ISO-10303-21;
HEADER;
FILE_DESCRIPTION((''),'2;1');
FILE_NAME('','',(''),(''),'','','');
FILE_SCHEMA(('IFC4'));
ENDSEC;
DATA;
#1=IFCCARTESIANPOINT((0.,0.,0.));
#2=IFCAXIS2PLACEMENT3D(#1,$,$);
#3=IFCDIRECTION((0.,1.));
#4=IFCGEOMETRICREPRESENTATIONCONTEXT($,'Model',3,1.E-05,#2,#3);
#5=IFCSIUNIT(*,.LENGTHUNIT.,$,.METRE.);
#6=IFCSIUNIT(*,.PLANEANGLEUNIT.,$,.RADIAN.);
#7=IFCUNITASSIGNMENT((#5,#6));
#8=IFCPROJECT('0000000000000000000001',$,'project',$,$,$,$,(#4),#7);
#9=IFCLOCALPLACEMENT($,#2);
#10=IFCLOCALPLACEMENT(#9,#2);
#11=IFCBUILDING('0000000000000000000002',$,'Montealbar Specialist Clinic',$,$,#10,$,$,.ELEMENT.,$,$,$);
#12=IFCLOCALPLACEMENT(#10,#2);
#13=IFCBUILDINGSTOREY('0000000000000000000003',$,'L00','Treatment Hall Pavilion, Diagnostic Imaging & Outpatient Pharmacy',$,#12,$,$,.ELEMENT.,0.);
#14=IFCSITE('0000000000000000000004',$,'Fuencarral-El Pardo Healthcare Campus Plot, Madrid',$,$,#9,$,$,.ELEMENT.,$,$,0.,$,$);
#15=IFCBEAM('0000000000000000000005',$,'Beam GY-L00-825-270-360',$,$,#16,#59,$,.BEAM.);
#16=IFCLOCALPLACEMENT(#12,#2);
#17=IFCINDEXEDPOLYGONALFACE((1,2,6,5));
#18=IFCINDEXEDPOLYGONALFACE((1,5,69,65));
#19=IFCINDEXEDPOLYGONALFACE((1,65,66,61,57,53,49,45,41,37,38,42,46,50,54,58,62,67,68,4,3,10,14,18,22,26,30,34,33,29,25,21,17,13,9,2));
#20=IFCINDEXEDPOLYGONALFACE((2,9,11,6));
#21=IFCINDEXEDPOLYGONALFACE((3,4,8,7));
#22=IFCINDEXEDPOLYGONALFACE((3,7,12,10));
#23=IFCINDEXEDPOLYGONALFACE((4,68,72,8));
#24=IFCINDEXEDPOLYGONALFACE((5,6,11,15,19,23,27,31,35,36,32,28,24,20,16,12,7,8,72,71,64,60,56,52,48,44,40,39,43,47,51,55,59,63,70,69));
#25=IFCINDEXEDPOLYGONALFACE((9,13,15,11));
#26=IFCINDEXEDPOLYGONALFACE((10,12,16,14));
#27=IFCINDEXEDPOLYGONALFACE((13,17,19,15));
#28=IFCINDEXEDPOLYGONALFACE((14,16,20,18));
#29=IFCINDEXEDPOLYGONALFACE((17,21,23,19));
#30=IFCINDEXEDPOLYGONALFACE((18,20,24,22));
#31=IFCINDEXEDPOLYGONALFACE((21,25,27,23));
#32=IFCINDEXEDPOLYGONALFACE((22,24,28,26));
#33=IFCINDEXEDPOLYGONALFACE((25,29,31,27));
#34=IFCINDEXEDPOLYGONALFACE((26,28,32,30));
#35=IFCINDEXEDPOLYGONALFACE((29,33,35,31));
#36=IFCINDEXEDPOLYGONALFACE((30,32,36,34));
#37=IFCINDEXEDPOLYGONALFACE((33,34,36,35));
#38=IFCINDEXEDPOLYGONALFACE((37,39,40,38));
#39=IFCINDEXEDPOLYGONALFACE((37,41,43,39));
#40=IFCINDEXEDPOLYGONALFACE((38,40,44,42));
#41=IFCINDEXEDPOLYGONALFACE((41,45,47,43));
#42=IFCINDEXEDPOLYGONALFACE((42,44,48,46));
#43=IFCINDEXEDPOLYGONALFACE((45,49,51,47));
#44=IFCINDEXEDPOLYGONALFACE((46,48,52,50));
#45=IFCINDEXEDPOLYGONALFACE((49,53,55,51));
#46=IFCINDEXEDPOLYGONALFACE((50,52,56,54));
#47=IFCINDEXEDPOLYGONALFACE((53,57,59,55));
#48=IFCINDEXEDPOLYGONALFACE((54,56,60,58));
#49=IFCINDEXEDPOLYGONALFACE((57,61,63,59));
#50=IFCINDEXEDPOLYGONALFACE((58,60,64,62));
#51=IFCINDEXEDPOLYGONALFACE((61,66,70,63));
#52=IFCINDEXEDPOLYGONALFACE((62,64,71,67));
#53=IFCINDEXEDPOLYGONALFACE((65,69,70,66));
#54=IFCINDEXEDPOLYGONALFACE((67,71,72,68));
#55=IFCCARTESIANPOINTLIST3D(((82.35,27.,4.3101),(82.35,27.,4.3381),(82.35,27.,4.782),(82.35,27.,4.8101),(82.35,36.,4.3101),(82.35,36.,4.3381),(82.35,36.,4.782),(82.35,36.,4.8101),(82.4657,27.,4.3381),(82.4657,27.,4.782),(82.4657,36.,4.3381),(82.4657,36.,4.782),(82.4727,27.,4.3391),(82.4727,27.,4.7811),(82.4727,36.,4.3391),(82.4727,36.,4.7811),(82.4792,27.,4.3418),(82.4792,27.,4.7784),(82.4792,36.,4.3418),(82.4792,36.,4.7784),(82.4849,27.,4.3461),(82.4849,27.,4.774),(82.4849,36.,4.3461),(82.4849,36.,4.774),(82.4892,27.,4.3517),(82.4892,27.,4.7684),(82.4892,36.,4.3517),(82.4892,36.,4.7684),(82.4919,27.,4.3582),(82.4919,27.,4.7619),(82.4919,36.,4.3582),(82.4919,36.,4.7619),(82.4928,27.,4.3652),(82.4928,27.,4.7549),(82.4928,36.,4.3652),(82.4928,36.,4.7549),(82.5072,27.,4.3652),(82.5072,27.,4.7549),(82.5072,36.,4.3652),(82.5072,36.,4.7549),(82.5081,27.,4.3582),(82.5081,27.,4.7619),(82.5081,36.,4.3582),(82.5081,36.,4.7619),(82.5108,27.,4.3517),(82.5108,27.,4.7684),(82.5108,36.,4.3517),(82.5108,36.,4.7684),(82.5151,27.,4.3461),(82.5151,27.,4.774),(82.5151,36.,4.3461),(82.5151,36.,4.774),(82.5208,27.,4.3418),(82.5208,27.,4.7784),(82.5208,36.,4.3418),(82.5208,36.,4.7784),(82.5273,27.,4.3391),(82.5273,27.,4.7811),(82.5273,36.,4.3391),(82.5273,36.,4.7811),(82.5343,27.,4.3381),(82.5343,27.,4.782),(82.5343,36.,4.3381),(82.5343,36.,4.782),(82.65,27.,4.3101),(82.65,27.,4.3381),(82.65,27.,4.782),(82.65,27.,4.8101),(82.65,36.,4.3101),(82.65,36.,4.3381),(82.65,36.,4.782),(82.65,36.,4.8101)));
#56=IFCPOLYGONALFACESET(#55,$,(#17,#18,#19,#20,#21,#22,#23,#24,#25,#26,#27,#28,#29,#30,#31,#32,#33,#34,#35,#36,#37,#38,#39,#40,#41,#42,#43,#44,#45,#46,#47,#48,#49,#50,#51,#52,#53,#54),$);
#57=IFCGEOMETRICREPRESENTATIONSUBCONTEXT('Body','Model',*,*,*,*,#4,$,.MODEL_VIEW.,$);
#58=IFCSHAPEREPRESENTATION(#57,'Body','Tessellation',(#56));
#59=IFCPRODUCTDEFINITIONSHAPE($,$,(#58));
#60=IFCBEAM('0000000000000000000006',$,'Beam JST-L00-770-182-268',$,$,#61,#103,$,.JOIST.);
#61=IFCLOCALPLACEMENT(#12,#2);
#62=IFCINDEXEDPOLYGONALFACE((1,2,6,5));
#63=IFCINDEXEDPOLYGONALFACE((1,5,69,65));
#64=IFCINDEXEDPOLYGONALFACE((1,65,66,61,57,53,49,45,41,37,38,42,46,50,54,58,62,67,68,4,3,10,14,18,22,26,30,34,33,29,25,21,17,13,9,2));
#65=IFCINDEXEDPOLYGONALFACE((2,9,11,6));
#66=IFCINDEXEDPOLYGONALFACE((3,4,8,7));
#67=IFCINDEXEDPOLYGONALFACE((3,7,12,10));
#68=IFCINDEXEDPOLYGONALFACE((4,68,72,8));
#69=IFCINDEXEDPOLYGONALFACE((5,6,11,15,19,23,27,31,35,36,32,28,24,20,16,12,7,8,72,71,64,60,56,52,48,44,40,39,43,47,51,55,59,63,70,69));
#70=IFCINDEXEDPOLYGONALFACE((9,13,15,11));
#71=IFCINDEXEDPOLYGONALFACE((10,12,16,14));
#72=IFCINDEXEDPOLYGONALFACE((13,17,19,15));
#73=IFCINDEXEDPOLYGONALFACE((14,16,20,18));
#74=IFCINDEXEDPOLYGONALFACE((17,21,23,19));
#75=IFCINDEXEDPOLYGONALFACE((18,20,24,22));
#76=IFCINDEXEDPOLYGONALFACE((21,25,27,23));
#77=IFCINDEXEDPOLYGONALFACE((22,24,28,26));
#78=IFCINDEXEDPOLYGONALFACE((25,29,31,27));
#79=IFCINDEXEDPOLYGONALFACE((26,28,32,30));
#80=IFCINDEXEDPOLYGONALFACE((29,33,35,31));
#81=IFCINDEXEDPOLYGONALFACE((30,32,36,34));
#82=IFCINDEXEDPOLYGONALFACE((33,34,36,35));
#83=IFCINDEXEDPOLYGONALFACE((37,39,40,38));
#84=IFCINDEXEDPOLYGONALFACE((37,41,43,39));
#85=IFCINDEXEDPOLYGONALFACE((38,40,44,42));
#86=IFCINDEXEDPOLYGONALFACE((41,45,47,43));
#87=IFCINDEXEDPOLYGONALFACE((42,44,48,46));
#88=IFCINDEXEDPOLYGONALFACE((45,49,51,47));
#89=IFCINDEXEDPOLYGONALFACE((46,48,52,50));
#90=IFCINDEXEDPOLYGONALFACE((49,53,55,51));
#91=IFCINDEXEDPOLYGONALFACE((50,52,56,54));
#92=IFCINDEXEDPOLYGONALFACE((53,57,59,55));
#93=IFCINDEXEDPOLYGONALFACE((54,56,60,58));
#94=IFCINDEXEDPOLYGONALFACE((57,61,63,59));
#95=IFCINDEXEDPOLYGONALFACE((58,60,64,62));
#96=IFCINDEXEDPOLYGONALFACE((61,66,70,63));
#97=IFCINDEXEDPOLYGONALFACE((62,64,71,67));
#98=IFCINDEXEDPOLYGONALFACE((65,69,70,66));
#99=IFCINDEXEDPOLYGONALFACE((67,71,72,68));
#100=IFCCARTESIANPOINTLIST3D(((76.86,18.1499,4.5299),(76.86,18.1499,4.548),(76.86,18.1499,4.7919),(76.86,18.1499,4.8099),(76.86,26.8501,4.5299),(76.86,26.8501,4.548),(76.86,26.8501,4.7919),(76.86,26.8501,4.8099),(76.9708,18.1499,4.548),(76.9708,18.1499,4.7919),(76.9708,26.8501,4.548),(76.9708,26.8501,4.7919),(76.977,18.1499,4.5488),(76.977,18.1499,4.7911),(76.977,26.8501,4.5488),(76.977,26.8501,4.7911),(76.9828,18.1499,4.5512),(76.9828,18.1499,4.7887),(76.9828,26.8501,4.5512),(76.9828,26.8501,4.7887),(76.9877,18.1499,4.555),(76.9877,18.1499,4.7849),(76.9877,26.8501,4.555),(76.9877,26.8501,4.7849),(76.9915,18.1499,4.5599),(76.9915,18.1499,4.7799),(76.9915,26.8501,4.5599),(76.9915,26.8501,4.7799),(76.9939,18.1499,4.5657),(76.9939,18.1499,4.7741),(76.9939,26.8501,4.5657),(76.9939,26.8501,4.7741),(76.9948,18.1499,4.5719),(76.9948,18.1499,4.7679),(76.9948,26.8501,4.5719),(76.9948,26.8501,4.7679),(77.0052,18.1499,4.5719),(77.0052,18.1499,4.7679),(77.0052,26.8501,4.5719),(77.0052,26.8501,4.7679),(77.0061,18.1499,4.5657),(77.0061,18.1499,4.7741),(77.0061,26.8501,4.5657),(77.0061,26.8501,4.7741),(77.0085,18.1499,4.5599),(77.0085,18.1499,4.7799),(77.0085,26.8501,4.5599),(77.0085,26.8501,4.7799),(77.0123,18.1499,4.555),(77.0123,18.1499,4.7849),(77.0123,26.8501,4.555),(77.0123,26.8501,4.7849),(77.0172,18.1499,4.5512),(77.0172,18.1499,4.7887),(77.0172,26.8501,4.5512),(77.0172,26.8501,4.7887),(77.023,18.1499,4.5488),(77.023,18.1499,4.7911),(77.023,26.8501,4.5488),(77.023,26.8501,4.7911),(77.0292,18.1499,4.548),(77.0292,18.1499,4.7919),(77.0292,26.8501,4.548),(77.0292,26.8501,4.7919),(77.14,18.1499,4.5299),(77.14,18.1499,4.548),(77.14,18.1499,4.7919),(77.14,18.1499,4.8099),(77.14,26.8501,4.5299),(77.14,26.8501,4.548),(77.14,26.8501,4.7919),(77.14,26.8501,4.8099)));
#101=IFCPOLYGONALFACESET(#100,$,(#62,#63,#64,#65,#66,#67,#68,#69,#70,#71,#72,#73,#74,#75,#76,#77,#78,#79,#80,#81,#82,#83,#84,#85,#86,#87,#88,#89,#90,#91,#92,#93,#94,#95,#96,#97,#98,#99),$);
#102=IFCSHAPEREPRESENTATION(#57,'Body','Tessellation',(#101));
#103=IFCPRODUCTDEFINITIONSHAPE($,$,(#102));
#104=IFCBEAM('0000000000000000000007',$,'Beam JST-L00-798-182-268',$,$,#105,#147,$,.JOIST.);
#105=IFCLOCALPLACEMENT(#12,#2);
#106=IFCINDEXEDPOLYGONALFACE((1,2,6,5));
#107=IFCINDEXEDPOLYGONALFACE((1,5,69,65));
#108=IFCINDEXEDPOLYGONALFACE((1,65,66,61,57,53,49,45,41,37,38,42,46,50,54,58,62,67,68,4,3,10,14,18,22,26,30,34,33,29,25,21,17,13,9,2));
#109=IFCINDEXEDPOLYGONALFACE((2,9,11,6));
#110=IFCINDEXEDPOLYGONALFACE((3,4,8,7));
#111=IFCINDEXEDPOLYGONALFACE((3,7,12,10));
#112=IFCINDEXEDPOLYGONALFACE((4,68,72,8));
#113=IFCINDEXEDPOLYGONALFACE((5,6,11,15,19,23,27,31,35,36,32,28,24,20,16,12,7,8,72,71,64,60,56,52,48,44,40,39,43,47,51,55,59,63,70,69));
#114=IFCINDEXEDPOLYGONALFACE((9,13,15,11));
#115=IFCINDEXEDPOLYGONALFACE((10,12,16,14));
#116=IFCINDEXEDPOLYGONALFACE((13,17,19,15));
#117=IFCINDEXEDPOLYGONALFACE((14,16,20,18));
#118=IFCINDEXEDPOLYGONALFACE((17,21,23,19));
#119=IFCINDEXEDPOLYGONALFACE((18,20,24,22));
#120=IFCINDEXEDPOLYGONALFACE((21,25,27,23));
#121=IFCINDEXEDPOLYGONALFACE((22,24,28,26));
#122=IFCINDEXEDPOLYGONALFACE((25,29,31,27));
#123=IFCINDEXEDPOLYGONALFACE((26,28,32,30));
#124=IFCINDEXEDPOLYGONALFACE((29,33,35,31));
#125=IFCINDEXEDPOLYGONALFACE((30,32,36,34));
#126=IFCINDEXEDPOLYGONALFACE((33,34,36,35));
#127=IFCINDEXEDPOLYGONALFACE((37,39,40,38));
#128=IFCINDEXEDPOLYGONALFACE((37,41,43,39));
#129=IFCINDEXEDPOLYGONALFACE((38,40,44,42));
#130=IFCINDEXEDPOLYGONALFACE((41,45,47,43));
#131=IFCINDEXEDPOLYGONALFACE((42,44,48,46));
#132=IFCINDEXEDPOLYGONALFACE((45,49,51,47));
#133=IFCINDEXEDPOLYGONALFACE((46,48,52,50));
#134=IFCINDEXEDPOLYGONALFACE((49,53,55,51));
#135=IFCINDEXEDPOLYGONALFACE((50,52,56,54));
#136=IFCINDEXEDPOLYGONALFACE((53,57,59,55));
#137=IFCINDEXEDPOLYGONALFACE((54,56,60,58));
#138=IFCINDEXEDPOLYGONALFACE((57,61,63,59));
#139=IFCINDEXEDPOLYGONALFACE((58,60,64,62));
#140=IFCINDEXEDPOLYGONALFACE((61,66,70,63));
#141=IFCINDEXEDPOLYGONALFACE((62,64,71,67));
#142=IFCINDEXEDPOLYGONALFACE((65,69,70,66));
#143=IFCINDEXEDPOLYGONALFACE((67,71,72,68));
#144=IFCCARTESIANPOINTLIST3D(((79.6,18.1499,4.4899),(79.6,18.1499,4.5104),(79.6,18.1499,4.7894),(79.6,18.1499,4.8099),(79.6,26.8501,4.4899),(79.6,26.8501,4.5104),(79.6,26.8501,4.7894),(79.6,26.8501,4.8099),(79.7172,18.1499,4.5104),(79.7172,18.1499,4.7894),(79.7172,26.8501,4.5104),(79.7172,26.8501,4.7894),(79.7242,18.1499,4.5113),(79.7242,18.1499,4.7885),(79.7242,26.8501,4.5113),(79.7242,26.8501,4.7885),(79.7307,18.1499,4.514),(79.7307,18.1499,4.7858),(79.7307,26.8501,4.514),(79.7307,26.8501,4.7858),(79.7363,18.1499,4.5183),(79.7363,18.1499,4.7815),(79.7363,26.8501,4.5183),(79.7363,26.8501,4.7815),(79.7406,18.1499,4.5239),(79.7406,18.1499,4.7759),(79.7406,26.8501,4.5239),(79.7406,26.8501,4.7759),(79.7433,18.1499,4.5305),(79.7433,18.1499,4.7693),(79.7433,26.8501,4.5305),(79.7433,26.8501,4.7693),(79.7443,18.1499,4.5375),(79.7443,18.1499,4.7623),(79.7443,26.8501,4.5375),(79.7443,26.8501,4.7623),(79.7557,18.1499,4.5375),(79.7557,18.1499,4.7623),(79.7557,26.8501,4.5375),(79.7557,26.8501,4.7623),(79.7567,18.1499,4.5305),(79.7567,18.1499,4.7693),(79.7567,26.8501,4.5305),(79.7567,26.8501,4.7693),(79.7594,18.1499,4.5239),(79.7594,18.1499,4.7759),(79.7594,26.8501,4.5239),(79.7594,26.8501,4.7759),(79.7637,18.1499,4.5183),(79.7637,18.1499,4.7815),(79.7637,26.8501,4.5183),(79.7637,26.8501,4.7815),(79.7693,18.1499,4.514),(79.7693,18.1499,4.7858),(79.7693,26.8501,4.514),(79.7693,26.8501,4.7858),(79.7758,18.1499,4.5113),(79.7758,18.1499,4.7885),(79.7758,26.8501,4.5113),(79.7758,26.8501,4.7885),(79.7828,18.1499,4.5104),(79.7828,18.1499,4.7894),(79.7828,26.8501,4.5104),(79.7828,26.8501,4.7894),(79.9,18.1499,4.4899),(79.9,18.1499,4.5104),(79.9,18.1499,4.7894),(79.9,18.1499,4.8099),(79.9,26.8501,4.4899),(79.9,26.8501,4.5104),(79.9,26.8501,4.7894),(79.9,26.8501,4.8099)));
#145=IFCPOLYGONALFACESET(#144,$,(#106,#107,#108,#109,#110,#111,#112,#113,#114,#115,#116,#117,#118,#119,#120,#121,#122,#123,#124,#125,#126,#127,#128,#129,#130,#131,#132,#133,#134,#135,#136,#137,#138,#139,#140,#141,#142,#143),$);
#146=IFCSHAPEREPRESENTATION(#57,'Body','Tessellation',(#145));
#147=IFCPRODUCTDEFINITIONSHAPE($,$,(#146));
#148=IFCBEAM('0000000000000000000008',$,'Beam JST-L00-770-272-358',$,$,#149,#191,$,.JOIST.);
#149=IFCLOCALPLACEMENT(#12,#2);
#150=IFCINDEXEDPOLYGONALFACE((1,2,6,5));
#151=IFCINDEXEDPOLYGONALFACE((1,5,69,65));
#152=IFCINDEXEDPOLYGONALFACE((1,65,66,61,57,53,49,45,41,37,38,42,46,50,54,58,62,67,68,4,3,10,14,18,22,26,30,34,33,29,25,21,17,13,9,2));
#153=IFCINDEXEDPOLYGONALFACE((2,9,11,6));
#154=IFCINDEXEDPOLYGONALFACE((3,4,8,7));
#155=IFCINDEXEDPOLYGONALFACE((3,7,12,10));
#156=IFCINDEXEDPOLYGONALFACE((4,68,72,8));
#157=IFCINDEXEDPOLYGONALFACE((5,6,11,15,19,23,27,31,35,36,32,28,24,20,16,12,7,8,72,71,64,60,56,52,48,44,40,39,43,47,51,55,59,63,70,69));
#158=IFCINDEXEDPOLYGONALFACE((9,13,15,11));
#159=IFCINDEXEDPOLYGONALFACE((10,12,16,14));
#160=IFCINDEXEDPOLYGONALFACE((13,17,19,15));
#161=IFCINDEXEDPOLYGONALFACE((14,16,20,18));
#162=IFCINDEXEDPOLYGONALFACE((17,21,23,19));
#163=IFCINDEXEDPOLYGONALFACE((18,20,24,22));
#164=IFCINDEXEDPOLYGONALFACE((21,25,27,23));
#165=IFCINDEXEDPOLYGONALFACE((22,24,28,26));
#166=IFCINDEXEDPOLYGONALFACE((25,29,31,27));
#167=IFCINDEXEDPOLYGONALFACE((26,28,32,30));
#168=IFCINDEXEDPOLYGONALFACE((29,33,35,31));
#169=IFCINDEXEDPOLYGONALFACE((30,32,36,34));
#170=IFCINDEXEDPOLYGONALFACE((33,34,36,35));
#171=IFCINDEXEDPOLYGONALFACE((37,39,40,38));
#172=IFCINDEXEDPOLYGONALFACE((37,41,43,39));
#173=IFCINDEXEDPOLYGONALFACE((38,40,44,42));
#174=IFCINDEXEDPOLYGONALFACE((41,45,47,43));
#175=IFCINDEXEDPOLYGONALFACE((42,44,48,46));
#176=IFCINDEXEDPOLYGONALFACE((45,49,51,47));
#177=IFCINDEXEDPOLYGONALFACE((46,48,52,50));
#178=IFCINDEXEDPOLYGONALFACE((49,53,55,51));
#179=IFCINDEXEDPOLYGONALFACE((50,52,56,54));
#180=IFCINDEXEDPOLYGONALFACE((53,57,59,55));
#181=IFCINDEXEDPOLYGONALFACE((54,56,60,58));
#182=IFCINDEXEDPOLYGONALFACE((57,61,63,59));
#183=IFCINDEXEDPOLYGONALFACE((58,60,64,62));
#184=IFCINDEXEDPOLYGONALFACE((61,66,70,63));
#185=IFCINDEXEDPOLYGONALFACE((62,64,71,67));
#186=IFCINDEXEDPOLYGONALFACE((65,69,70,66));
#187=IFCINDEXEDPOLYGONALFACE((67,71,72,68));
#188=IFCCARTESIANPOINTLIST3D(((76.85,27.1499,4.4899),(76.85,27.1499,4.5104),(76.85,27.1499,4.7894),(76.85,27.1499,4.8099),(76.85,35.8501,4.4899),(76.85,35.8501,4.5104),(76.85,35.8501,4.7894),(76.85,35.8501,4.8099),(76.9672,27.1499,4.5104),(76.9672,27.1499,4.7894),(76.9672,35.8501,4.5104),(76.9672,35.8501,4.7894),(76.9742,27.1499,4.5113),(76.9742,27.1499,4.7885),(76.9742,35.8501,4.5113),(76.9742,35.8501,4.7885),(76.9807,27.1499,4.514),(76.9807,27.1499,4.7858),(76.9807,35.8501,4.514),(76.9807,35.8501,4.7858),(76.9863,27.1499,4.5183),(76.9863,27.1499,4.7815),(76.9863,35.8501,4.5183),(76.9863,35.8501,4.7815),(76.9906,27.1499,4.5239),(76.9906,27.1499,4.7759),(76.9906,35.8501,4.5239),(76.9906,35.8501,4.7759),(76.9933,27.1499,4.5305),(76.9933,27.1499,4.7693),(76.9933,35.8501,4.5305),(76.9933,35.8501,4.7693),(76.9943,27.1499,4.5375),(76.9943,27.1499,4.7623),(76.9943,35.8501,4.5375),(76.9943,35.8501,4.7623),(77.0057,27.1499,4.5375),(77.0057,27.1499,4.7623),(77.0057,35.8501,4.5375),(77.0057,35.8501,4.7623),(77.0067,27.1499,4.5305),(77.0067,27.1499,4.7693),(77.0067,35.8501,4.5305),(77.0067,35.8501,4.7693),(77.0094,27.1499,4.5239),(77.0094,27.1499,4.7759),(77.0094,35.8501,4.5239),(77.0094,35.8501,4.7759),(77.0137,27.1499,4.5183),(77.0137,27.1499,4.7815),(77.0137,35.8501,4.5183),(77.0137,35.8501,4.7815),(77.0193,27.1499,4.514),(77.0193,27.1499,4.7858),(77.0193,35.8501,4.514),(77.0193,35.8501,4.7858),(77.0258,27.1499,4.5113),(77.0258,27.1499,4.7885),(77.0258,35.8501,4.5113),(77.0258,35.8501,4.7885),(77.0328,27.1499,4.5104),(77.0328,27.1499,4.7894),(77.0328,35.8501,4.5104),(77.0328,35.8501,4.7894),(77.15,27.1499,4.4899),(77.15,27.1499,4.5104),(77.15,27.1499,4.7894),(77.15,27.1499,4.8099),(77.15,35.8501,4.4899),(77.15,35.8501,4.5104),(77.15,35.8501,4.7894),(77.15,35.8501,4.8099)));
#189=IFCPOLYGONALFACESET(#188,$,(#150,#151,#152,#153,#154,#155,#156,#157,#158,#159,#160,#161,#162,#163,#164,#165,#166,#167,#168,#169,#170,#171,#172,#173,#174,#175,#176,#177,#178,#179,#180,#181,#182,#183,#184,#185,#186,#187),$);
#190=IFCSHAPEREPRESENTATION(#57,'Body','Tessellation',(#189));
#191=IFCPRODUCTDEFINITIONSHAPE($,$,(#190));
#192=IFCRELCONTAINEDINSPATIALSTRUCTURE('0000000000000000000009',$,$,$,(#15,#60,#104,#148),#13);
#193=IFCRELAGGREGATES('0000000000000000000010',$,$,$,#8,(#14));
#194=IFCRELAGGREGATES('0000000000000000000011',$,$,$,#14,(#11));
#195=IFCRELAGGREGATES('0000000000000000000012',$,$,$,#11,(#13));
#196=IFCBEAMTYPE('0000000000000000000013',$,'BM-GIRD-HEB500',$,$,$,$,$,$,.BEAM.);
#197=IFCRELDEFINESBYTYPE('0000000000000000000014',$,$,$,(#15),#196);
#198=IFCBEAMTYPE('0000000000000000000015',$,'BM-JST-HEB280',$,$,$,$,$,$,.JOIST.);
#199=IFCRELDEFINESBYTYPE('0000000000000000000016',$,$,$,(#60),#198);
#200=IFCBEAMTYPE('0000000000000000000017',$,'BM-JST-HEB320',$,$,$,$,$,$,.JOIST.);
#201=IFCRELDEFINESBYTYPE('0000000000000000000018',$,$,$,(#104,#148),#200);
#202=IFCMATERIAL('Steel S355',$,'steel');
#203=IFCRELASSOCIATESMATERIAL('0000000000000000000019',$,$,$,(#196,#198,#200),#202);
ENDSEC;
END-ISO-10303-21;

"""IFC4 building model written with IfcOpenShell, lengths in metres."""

from ifc_helpers import new_model, si_unit, direction, frame, origin, origin_2d, place, context, subcontext, project, spatial, i_section, extrude, material, material_profile, profile_set, type_object, element, save


model = new_model("IFC4")

# Units and contexts
model_context = context("Model", 3, precision=1e-05, world=origin(), true_north=direction((0.0, 1.0)))
body_context = subcontext(model_context, "Body", "Model", "MODEL_VIEW")
ifc_project = project(units=[si_unit("LENGTHUNIT", "METRE"), si_unit("PLANEANGLEUNIT", "RADIAN")], contexts=[model_context])

# Site, building, storey
site_placement = place(None, origin())
site = spatial("IfcSite", under=ifc_project, at=site_placement, Name="Fuencarral-El Pardo Healthcare Campus Plot, Madrid", CompositionType="ELEMENT", RefElevation=0.0)
building_placement = place(site_placement, origin())
building = spatial("IfcBuilding", under=site, at=building_placement, Name="Montealbar Specialist Clinic", CompositionType="ELEMENT")
storey_placement = place(building_placement, origin())
storey = spatial("IfcBuildingStorey", under=building, at=storey_placement, Name="L00", Description="Treatment Hall Pavilion, Diagnostic Imaging & Outpatient Pharmacy", CompositionType="ELEMENT", Elevation=0.0)

# Shared definitions
ifc_material_1 = material(Name="Steel S355", Category="steel")

# Beams
ifc_material_profile_1 = material_profile(ifc_material_1, i_section(OverallWidth=0.3, OverallDepth=0.5, WebThickness=0.0144, FlangeThickness=0.0281, FilletRadius=0.0271, at=origin_2d()), Name="HEB 500", Category="steel")
ifc_profile_set_1 = profile_set([ifc_material_profile_1], Name="Steel S355")
beam_type_1 = type_object("IfcBeamType", Name="BM-GIRD-HEB500", PredefinedType="BEAM", material=ifc_profile_set_1)
for number, where, z_axis, x_axis, name in (
    (1, (82.5, 27.0, 4.5601), (0.0, 1.0, 0.0), (-1.0, 0.0, 0.0), "Beam GY-L00-825-270-360"),
):
    element("IfcBeam", number, at=place(storey_placement, frame(where, z_axis=z_axis, x_axis=x_axis)), inside=storey, type_object=beam_type_1, Name=name, PredefinedType="BEAM", context=body_context, shape_type="SweptSolid", body=[
        extrude(i_section(OverallWidth=0.3, OverallDepth=0.5, WebThickness=0.0144, FlangeThickness=0.0281, FilletRadius=0.0271, at=origin_2d()), origin(), (0.0, 0.0, 1.0), 9.0),
    ])
ifc_material_profile_2 = material_profile(ifc_material_1, i_section(OverallWidth=0.28, OverallDepth=0.28, WebThickness=0.0105, FlangeThickness=0.0181, FilletRadius=0.0239, at=origin_2d()), Name="HEB 280", Category="steel")
ifc_profile_set_2 = profile_set([ifc_material_profile_2], Name="Steel S355")
beam_type_2 = type_object("IfcBeamType", Name="BM-JST-HEB280", PredefinedType="JOIST", material=ifc_profile_set_2)
beam_1_placement = place(storey_placement, frame((77.0, 18.1499, 4.6699), z_axis=(0.0, 1.0, 0.0), x_axis=(-1.0, 0.0, 0.0)))
element("IfcBeam", 2, at=beam_1_placement, inside=storey, type_object=beam_type_2, Name="Beam JST-L00-770-182-268", PredefinedType="JOIST", context=body_context, shape_type="SweptSolid", body=[
    extrude(i_section(OverallWidth=0.28, OverallDepth=0.28, WebThickness=0.0105, FlangeThickness=0.0181, FilletRadius=0.0239, at=origin_2d()), origin(), (0.0, 0.0, 1.0), 8.7002),
])
ifc_material_profile_3 = material_profile(ifc_material_1, i_section(OverallWidth=0.3, OverallDepth=0.3201, WebThickness=0.0115, FlangeThickness=0.0205, FilletRadius=0.0271, at=origin_2d()), Name="HEB 320", Category="steel")
ifc_profile_set_3 = profile_set([ifc_material_profile_3], Name="Steel S355")
beam_type_3 = type_object("IfcBeamType", Name="BM-JST-HEB320", PredefinedType="JOIST", material=ifc_profile_set_3)
for number, where, z_axis, x_axis, name in (
    (3, (79.75, 18.1499, 4.6499), (0.0, 1.0, 0.0), (-1.0, 0.0, 0.0), "Beam JST-L00-798-182-268"),
    (4, (77.0, 27.1499, 4.6499), (0.0, 1.0, 0.0), (-1.0, 0.0, 0.0), "Beam JST-L00-770-272-358"),
):
    element("IfcBeam", number, at=place(storey_placement, frame(where, z_axis=z_axis, x_axis=x_axis)), inside=storey, type_object=beam_type_3, Name=name, PredefinedType="JOIST", context=body_context, shape_type="SweptSolid", body=[
        extrude(i_section(OverallWidth=0.3, OverallDepth=0.3201, WebThickness=0.0115, FlangeThickness=0.0205, FilletRadius=0.0271, at=origin_2d()), origin(), (0.0, 0.0, 1.0), 8.7002),
    ])

save(model, "model.ifc")
